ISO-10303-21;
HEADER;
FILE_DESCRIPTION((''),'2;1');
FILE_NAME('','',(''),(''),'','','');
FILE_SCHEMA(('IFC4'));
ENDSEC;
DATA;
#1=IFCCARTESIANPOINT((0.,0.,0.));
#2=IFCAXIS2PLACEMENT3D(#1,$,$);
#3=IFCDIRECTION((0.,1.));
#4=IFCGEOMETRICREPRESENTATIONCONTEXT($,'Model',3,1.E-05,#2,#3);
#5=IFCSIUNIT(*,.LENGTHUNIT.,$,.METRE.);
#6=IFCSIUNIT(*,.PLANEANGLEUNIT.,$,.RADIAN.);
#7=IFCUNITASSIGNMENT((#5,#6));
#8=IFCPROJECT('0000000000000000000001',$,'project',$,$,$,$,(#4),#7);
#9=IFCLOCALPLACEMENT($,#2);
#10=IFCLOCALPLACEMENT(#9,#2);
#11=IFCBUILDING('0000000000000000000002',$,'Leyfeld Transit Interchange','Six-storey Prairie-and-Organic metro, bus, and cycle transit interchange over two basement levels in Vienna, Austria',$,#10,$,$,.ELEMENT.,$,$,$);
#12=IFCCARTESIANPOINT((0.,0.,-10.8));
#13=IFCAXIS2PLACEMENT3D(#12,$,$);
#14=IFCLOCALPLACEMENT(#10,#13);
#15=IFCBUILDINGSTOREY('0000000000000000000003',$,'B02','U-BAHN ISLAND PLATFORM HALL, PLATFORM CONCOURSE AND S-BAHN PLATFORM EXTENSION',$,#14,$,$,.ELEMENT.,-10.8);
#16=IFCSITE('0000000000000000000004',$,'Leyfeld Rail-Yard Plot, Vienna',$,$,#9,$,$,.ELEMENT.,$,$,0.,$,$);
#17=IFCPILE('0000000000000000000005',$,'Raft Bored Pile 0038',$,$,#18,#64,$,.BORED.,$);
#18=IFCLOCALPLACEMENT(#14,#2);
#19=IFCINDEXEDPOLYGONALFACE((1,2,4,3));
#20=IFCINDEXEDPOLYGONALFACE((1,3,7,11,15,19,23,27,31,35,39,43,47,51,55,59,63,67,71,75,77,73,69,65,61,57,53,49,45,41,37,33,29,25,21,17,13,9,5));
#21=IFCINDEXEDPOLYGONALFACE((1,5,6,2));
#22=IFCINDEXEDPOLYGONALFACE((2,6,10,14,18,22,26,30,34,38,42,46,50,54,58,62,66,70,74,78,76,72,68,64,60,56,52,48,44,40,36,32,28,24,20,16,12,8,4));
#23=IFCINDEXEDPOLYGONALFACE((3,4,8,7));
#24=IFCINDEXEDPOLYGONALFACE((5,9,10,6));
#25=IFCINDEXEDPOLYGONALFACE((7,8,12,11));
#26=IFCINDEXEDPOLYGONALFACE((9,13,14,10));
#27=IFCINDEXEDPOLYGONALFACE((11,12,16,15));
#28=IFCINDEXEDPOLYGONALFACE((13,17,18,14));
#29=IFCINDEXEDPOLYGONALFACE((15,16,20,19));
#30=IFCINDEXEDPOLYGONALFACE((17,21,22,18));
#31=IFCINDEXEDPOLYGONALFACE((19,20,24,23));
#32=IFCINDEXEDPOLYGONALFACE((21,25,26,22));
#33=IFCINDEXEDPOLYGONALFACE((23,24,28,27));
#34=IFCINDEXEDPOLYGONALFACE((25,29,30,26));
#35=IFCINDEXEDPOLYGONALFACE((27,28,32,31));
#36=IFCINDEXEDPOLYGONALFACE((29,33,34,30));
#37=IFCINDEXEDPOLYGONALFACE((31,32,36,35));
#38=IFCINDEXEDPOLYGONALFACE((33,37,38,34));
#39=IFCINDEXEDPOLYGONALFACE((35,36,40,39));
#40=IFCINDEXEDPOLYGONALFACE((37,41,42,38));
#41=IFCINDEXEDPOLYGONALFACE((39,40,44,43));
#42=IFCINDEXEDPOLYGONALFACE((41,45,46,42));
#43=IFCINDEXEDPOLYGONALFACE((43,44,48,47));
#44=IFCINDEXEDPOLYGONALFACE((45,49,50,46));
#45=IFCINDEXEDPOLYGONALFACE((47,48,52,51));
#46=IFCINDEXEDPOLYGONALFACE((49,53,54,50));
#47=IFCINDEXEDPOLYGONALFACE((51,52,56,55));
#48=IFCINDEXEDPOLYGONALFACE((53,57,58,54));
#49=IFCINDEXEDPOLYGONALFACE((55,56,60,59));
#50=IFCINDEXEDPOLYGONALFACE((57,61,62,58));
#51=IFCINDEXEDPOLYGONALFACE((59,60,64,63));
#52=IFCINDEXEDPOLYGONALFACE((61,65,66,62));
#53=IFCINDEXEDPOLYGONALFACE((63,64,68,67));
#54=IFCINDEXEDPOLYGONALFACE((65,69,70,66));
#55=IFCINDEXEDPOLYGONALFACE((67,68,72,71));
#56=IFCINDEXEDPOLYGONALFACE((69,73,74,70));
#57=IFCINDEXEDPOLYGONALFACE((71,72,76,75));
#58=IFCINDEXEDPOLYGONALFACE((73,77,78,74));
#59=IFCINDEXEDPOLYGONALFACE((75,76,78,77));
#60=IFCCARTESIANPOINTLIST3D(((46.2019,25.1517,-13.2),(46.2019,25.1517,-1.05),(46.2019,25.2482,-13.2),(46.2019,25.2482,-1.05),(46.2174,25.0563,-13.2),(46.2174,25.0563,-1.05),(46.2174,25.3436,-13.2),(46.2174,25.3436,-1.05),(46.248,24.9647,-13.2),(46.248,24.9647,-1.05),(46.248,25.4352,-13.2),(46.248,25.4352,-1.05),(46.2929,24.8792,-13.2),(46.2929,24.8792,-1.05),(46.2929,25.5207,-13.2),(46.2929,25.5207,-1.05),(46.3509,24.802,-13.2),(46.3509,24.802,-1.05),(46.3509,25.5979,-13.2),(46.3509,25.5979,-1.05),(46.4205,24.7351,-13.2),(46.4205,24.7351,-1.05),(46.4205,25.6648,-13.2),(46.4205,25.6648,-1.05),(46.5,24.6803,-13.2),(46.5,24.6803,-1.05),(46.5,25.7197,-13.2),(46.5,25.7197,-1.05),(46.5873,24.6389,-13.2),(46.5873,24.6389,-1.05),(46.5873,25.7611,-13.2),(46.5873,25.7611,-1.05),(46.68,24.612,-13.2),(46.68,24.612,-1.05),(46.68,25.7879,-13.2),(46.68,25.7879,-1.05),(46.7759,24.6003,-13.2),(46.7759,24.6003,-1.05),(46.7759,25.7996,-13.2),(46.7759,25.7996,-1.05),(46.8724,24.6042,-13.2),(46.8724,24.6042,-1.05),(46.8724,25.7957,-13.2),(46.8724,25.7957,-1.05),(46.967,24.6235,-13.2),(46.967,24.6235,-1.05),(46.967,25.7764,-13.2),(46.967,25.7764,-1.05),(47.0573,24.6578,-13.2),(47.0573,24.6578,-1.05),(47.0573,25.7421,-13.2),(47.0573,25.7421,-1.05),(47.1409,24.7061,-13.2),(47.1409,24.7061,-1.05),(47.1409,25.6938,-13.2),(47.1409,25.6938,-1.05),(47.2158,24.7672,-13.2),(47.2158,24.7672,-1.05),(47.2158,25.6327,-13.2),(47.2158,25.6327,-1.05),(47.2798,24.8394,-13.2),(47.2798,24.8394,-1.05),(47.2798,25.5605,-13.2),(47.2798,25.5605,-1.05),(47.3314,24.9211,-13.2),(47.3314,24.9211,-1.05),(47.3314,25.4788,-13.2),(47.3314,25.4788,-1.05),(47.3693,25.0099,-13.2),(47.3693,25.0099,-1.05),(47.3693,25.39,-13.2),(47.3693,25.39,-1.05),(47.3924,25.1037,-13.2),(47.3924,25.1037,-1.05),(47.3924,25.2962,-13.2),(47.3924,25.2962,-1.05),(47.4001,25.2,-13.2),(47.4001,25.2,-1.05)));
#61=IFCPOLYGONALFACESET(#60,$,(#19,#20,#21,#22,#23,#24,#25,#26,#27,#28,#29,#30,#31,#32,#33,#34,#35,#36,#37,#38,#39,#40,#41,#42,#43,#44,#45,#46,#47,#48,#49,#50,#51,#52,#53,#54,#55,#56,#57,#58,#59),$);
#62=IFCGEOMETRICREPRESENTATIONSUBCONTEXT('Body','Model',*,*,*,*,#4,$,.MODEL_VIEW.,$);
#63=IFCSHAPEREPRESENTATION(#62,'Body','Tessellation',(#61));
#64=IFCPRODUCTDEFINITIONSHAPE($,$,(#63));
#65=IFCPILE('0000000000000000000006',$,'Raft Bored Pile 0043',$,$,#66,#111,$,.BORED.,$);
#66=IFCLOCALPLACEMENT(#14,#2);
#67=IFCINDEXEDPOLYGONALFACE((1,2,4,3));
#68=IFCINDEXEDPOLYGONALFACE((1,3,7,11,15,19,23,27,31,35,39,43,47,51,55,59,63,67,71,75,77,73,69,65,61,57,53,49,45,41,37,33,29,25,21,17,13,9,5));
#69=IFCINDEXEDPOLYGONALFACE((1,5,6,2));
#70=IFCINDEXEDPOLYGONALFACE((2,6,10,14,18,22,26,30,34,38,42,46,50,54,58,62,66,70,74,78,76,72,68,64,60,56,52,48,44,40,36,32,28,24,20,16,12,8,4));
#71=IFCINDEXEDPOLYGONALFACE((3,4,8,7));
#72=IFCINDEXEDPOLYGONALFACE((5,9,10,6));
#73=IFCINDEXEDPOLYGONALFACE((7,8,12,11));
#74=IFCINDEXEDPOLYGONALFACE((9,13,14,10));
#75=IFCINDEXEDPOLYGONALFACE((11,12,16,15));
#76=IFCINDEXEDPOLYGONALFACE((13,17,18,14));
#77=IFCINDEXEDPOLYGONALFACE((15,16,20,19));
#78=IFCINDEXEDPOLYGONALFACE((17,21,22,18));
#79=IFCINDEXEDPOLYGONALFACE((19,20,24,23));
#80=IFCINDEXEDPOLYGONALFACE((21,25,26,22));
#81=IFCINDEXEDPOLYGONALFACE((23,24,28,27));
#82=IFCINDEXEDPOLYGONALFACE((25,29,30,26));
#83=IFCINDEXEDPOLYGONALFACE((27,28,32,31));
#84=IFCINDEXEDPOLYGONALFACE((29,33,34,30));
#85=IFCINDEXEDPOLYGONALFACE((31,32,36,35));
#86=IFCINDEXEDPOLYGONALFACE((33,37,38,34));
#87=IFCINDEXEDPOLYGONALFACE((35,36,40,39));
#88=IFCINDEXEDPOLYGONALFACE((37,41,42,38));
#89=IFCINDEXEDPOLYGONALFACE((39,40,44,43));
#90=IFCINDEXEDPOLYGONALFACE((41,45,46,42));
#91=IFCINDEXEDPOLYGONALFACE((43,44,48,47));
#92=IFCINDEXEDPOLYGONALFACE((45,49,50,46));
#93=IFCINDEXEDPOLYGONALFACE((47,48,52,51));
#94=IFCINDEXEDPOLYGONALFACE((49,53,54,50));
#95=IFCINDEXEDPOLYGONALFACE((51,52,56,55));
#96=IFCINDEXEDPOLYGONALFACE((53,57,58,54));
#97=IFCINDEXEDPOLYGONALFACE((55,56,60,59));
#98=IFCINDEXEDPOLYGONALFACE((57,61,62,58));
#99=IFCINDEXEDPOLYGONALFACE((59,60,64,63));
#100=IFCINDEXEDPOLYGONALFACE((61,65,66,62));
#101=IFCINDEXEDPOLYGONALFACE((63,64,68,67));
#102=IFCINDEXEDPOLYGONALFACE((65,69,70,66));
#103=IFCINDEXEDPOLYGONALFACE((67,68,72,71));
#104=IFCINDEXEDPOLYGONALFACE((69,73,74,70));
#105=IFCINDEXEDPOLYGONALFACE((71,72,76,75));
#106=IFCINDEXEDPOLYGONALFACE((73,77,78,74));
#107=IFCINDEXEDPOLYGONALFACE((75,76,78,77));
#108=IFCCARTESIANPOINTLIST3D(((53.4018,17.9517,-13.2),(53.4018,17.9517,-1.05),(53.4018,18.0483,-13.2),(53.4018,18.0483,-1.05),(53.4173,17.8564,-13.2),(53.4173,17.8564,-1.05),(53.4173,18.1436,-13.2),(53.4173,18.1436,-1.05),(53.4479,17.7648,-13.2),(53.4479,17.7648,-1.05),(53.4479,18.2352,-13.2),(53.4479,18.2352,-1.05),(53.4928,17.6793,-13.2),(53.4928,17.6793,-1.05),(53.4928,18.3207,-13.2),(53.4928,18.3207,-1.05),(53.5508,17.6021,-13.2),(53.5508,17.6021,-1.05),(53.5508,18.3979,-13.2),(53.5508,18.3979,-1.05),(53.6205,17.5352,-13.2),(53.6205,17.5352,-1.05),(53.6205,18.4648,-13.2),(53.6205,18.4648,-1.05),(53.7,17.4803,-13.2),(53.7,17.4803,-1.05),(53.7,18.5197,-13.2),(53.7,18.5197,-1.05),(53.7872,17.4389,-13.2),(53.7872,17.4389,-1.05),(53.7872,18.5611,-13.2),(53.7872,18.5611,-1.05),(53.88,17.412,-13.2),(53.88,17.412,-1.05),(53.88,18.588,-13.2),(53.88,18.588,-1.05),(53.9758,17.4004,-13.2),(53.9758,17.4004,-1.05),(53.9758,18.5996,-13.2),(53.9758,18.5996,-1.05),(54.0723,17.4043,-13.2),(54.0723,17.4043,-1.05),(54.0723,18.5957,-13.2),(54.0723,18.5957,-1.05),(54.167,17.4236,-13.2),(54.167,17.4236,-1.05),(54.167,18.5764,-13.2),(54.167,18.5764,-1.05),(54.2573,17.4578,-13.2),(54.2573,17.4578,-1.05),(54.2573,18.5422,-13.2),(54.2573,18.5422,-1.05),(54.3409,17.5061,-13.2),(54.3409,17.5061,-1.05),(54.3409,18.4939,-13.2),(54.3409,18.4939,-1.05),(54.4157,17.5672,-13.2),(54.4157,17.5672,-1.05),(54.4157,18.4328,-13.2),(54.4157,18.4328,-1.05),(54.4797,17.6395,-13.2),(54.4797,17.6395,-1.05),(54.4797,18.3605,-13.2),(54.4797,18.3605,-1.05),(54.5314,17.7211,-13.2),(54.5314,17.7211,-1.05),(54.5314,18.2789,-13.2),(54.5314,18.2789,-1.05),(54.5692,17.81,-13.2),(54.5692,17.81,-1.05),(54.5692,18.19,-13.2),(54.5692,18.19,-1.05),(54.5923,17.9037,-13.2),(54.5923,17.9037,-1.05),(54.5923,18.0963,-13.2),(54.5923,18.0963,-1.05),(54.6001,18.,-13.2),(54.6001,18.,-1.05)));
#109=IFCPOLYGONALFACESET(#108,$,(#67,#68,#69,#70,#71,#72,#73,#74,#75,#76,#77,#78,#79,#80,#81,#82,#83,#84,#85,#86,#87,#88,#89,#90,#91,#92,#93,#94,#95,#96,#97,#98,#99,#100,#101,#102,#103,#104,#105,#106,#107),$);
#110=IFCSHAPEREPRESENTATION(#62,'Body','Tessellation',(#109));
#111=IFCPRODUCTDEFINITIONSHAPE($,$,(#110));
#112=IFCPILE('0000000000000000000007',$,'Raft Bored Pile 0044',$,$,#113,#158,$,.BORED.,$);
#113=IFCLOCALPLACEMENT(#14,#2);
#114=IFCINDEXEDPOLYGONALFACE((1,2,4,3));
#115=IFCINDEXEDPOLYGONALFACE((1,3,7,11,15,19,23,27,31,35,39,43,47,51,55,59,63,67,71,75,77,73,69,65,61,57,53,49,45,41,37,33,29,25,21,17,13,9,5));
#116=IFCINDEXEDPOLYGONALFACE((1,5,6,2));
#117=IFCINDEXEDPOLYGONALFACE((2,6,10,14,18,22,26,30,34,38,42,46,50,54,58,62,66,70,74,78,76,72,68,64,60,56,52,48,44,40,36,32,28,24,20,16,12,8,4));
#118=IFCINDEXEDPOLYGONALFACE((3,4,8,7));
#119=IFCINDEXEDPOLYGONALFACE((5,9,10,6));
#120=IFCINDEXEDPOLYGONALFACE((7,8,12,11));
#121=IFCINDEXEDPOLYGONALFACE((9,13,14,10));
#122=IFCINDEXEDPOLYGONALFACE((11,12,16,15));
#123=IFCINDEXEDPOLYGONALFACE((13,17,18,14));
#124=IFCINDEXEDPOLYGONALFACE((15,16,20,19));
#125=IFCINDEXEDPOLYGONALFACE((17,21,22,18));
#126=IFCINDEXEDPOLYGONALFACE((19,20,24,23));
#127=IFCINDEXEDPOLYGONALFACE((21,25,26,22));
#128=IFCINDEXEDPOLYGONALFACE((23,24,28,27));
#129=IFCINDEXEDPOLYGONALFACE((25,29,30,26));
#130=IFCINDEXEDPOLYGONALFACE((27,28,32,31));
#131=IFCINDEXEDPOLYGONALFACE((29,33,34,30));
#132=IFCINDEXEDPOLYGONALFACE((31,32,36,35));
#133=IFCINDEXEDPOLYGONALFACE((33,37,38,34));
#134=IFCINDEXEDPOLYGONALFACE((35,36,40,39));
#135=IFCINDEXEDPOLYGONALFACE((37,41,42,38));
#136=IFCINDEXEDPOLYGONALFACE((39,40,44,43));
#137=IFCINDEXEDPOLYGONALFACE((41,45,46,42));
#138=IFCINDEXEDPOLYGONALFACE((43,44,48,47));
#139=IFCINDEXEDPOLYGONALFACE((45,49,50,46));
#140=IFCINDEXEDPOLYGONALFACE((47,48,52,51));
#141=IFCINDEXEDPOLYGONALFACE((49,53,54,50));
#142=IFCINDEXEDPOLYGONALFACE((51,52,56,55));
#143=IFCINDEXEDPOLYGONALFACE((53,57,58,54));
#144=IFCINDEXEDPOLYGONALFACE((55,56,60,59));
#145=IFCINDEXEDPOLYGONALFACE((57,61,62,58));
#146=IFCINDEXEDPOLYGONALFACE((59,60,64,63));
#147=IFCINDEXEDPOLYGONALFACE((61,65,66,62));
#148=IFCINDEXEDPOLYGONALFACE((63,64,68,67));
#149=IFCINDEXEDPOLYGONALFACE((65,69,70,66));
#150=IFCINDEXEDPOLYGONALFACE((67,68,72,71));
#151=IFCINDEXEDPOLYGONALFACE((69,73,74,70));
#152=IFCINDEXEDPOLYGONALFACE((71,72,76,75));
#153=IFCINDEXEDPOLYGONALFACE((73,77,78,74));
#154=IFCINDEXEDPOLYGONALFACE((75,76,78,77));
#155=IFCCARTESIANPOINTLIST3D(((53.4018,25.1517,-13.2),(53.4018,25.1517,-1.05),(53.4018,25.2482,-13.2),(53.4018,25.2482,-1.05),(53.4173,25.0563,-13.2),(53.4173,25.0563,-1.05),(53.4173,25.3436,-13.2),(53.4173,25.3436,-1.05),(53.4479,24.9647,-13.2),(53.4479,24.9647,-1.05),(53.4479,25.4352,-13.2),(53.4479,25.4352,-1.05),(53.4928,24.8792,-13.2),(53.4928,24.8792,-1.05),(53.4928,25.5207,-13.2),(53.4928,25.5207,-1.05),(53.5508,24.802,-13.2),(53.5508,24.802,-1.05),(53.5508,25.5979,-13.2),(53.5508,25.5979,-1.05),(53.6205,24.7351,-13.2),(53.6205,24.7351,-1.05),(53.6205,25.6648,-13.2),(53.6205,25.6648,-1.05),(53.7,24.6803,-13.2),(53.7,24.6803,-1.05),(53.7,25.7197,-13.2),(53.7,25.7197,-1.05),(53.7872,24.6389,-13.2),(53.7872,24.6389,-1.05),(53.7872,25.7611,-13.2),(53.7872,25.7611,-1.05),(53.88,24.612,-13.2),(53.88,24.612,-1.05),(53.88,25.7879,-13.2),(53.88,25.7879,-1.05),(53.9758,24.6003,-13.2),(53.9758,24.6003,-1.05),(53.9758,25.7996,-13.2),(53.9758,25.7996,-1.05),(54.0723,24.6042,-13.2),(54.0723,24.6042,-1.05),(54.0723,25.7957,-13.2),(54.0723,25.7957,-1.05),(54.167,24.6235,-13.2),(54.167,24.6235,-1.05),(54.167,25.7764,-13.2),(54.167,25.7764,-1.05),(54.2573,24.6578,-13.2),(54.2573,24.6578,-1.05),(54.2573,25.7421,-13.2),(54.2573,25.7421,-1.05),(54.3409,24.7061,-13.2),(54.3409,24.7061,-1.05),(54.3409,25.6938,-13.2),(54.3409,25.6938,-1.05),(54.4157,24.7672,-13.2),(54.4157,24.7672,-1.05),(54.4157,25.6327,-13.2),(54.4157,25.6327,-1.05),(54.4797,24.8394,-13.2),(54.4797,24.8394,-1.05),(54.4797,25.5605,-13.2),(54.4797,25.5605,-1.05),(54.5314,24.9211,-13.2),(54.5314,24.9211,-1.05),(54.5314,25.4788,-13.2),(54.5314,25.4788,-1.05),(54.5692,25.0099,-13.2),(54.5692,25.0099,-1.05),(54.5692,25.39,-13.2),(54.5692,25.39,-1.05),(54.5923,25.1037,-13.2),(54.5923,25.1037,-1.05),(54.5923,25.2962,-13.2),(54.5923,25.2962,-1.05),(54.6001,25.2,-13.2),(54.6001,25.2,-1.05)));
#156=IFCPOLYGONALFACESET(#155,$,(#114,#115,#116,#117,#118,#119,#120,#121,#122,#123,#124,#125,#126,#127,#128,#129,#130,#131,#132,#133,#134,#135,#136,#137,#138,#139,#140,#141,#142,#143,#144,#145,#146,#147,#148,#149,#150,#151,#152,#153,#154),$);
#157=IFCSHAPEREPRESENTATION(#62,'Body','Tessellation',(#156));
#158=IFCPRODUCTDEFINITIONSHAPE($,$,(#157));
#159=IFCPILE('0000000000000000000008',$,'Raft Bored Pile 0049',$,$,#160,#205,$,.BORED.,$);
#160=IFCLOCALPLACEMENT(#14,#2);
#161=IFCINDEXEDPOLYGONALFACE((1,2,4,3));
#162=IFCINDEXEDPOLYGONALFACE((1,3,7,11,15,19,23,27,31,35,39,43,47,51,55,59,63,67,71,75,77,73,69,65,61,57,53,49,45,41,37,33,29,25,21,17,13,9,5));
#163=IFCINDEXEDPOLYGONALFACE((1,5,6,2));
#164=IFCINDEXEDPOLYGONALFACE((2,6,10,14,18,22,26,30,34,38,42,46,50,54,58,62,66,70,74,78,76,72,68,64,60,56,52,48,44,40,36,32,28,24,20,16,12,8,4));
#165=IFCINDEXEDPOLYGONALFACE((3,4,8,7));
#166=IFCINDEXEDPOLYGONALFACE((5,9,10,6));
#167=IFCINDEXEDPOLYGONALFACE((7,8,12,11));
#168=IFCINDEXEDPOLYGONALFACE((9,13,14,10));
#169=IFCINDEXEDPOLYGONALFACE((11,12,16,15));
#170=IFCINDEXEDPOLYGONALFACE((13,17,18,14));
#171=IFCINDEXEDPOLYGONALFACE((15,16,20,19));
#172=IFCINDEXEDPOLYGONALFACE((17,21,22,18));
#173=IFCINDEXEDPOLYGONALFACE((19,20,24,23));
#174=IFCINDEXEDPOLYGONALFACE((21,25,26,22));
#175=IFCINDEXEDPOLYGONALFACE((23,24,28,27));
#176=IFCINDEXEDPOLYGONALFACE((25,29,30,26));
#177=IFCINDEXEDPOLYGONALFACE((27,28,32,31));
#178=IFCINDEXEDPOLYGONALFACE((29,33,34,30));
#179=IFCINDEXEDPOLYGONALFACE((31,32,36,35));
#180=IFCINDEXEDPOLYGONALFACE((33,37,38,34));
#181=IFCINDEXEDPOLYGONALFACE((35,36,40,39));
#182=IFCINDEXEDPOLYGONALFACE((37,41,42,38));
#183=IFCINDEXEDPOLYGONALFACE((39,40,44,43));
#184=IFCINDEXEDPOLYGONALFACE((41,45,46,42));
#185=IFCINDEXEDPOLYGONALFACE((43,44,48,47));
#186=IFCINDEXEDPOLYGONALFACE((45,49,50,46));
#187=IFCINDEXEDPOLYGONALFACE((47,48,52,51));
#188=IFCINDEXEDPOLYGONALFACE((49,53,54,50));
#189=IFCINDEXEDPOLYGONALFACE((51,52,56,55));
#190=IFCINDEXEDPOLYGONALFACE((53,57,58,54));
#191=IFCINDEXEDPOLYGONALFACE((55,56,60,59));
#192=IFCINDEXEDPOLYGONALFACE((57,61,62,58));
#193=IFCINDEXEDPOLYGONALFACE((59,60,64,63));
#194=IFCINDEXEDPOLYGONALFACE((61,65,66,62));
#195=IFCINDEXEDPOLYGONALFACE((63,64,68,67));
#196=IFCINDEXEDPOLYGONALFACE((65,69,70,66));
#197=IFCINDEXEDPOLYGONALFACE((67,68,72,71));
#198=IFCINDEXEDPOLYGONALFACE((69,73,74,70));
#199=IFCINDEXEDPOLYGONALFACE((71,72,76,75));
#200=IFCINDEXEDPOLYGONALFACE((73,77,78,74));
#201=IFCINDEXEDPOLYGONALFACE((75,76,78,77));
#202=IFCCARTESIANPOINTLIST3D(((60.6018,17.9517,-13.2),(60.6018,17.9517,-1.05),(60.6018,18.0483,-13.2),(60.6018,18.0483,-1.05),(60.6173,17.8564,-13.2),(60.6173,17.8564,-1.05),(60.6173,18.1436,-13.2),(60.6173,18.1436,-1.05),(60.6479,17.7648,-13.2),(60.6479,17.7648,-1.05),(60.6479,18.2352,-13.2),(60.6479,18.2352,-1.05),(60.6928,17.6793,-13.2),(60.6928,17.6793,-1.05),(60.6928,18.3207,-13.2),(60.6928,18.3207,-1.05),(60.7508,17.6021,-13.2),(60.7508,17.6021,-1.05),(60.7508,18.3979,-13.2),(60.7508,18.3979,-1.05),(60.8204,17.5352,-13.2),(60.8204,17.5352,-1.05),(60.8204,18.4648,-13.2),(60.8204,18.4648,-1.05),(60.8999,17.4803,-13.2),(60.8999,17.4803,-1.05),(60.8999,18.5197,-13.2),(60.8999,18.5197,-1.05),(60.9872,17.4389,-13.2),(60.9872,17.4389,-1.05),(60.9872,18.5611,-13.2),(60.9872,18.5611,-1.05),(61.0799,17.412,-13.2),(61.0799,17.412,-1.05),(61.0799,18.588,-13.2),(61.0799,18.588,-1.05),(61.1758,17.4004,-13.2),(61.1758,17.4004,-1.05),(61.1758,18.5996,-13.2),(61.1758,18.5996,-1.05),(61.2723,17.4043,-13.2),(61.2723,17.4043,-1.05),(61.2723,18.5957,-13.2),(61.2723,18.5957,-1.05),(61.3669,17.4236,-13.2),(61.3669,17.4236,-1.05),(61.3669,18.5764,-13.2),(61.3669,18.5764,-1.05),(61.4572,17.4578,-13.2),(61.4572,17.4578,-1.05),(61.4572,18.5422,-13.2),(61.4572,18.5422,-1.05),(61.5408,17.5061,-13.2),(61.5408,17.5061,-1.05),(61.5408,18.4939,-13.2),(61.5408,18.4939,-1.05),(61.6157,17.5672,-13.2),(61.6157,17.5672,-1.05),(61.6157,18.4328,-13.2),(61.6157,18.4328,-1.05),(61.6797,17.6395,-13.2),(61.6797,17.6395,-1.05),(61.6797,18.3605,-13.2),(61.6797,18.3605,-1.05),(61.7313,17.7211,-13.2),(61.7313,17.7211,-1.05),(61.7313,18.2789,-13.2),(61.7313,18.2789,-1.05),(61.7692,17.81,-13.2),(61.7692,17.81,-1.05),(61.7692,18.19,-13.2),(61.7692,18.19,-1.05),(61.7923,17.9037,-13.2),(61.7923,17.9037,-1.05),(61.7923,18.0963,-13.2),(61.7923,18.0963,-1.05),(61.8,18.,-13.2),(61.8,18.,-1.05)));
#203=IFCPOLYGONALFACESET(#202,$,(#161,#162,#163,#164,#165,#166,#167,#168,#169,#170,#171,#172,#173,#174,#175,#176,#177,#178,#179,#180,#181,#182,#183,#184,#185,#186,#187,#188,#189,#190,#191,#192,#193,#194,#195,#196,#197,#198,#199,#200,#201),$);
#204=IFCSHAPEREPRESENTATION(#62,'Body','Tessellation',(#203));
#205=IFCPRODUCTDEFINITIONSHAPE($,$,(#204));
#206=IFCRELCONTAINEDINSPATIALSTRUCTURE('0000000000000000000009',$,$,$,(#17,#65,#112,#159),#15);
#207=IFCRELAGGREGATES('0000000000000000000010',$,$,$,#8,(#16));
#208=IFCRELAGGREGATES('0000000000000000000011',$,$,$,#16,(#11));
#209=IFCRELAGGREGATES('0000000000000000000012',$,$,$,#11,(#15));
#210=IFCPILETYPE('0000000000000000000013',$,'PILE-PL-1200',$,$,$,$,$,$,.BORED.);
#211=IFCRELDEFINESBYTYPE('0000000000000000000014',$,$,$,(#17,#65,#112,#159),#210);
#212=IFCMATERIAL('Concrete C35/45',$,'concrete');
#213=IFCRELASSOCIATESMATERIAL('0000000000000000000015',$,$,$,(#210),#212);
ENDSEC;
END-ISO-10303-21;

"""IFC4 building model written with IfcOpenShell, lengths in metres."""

from ifc_helpers import new_model, si_unit, direction, frame, origin, origin_2d, place, context, subcontext, project, spatial, circle, extrude, material, material_profile, profile_set, type_object, element, save


model = new_model("IFC4")

# Units and contexts
model_context = context("Model", 3, precision=1e-05, world=origin(), true_north=direction((0.0, 1.0)))
body_context = subcontext(model_context, "Body", "Model", "MODEL_VIEW")
ifc_project = project(units=[si_unit("LENGTHUNIT", "METRE"), si_unit("PLANEANGLEUNIT", "RADIAN")], contexts=[model_context])

# Site, building, storey
site_placement = place(None, origin())
site = spatial("IfcSite", under=ifc_project, at=site_placement, Name="Leyfeld Rail-Yard Plot, Vienna", CompositionType="ELEMENT", RefElevation=0.0)
building_placement = place(site_placement, origin())
building = spatial("IfcBuilding", under=site, at=building_placement, Name="Leyfeld Transit Interchange", Description="Six-storey Prairie-and-Organic metro, bus, and cycle transit interchange over two basement levels in Vienna, Austria", CompositionType="ELEMENT")
storey_placement = place(building_placement, frame((0.0, 0.0, -10.8)))
storey = spatial("IfcBuildingStorey", under=building, at=storey_placement, Name="B02", Description="U-BAHN ISLAND PLATFORM HALL, PLATFORM CONCOURSE AND S-BAHN PLATFORM EXTENSION", CompositionType="ELEMENT", Elevation=-10.8)

# Piles
ifc_material_1 = material(Name="Concrete C35/45", Category="concrete")
ifc_material_profile_1 = material_profile(ifc_material_1, circle(Radius=0.6001, at=origin_2d()), Name="PILE D1200")
ifc_profile_set_1 = profile_set([ifc_material_profile_1], Name="Concrete C35/45")
pile_type = type_object("IfcPileType", Name="PILE-PL-1200", PredefinedType="BORED", material=ifc_profile_set_1)
for number, where, z_axis, x_axis, name in (
    (1, (46.8, 25.2, -1.05), (0.0, 0.0, -1.0), (1.0, 0.0, 0.0), "Raft Bored Pile 0038"),
    (2, (54.0, 18.0, -1.05), (0.0, 0.0, -1.0), (1.0, 0.0, 0.0), "Raft Bored Pile 0043"),
    (3, (54.0, 25.2, -1.05), (0.0, 0.0, -1.0), (1.0, 0.0, 0.0), "Raft Bored Pile 0044"),
    (4, (61.2, 18.0, -1.05), (0.0, 0.0, -1.0), (1.0, 0.0, 0.0), "Raft Bored Pile 0049"),
):
    element("IfcPile", number, at=place(storey_placement, frame(where, z_axis=z_axis, x_axis=x_axis)), inside=storey, type_object=pile_type, Name=name, PredefinedType="BORED", context=body_context, shape_type="SweptSolid", body=[
        extrude(circle(Radius=0.6001, at=origin_2d()), origin(), (0.0, 0.0, 1.0), 12.1499),
    ])

save(model, "model.ifc")
